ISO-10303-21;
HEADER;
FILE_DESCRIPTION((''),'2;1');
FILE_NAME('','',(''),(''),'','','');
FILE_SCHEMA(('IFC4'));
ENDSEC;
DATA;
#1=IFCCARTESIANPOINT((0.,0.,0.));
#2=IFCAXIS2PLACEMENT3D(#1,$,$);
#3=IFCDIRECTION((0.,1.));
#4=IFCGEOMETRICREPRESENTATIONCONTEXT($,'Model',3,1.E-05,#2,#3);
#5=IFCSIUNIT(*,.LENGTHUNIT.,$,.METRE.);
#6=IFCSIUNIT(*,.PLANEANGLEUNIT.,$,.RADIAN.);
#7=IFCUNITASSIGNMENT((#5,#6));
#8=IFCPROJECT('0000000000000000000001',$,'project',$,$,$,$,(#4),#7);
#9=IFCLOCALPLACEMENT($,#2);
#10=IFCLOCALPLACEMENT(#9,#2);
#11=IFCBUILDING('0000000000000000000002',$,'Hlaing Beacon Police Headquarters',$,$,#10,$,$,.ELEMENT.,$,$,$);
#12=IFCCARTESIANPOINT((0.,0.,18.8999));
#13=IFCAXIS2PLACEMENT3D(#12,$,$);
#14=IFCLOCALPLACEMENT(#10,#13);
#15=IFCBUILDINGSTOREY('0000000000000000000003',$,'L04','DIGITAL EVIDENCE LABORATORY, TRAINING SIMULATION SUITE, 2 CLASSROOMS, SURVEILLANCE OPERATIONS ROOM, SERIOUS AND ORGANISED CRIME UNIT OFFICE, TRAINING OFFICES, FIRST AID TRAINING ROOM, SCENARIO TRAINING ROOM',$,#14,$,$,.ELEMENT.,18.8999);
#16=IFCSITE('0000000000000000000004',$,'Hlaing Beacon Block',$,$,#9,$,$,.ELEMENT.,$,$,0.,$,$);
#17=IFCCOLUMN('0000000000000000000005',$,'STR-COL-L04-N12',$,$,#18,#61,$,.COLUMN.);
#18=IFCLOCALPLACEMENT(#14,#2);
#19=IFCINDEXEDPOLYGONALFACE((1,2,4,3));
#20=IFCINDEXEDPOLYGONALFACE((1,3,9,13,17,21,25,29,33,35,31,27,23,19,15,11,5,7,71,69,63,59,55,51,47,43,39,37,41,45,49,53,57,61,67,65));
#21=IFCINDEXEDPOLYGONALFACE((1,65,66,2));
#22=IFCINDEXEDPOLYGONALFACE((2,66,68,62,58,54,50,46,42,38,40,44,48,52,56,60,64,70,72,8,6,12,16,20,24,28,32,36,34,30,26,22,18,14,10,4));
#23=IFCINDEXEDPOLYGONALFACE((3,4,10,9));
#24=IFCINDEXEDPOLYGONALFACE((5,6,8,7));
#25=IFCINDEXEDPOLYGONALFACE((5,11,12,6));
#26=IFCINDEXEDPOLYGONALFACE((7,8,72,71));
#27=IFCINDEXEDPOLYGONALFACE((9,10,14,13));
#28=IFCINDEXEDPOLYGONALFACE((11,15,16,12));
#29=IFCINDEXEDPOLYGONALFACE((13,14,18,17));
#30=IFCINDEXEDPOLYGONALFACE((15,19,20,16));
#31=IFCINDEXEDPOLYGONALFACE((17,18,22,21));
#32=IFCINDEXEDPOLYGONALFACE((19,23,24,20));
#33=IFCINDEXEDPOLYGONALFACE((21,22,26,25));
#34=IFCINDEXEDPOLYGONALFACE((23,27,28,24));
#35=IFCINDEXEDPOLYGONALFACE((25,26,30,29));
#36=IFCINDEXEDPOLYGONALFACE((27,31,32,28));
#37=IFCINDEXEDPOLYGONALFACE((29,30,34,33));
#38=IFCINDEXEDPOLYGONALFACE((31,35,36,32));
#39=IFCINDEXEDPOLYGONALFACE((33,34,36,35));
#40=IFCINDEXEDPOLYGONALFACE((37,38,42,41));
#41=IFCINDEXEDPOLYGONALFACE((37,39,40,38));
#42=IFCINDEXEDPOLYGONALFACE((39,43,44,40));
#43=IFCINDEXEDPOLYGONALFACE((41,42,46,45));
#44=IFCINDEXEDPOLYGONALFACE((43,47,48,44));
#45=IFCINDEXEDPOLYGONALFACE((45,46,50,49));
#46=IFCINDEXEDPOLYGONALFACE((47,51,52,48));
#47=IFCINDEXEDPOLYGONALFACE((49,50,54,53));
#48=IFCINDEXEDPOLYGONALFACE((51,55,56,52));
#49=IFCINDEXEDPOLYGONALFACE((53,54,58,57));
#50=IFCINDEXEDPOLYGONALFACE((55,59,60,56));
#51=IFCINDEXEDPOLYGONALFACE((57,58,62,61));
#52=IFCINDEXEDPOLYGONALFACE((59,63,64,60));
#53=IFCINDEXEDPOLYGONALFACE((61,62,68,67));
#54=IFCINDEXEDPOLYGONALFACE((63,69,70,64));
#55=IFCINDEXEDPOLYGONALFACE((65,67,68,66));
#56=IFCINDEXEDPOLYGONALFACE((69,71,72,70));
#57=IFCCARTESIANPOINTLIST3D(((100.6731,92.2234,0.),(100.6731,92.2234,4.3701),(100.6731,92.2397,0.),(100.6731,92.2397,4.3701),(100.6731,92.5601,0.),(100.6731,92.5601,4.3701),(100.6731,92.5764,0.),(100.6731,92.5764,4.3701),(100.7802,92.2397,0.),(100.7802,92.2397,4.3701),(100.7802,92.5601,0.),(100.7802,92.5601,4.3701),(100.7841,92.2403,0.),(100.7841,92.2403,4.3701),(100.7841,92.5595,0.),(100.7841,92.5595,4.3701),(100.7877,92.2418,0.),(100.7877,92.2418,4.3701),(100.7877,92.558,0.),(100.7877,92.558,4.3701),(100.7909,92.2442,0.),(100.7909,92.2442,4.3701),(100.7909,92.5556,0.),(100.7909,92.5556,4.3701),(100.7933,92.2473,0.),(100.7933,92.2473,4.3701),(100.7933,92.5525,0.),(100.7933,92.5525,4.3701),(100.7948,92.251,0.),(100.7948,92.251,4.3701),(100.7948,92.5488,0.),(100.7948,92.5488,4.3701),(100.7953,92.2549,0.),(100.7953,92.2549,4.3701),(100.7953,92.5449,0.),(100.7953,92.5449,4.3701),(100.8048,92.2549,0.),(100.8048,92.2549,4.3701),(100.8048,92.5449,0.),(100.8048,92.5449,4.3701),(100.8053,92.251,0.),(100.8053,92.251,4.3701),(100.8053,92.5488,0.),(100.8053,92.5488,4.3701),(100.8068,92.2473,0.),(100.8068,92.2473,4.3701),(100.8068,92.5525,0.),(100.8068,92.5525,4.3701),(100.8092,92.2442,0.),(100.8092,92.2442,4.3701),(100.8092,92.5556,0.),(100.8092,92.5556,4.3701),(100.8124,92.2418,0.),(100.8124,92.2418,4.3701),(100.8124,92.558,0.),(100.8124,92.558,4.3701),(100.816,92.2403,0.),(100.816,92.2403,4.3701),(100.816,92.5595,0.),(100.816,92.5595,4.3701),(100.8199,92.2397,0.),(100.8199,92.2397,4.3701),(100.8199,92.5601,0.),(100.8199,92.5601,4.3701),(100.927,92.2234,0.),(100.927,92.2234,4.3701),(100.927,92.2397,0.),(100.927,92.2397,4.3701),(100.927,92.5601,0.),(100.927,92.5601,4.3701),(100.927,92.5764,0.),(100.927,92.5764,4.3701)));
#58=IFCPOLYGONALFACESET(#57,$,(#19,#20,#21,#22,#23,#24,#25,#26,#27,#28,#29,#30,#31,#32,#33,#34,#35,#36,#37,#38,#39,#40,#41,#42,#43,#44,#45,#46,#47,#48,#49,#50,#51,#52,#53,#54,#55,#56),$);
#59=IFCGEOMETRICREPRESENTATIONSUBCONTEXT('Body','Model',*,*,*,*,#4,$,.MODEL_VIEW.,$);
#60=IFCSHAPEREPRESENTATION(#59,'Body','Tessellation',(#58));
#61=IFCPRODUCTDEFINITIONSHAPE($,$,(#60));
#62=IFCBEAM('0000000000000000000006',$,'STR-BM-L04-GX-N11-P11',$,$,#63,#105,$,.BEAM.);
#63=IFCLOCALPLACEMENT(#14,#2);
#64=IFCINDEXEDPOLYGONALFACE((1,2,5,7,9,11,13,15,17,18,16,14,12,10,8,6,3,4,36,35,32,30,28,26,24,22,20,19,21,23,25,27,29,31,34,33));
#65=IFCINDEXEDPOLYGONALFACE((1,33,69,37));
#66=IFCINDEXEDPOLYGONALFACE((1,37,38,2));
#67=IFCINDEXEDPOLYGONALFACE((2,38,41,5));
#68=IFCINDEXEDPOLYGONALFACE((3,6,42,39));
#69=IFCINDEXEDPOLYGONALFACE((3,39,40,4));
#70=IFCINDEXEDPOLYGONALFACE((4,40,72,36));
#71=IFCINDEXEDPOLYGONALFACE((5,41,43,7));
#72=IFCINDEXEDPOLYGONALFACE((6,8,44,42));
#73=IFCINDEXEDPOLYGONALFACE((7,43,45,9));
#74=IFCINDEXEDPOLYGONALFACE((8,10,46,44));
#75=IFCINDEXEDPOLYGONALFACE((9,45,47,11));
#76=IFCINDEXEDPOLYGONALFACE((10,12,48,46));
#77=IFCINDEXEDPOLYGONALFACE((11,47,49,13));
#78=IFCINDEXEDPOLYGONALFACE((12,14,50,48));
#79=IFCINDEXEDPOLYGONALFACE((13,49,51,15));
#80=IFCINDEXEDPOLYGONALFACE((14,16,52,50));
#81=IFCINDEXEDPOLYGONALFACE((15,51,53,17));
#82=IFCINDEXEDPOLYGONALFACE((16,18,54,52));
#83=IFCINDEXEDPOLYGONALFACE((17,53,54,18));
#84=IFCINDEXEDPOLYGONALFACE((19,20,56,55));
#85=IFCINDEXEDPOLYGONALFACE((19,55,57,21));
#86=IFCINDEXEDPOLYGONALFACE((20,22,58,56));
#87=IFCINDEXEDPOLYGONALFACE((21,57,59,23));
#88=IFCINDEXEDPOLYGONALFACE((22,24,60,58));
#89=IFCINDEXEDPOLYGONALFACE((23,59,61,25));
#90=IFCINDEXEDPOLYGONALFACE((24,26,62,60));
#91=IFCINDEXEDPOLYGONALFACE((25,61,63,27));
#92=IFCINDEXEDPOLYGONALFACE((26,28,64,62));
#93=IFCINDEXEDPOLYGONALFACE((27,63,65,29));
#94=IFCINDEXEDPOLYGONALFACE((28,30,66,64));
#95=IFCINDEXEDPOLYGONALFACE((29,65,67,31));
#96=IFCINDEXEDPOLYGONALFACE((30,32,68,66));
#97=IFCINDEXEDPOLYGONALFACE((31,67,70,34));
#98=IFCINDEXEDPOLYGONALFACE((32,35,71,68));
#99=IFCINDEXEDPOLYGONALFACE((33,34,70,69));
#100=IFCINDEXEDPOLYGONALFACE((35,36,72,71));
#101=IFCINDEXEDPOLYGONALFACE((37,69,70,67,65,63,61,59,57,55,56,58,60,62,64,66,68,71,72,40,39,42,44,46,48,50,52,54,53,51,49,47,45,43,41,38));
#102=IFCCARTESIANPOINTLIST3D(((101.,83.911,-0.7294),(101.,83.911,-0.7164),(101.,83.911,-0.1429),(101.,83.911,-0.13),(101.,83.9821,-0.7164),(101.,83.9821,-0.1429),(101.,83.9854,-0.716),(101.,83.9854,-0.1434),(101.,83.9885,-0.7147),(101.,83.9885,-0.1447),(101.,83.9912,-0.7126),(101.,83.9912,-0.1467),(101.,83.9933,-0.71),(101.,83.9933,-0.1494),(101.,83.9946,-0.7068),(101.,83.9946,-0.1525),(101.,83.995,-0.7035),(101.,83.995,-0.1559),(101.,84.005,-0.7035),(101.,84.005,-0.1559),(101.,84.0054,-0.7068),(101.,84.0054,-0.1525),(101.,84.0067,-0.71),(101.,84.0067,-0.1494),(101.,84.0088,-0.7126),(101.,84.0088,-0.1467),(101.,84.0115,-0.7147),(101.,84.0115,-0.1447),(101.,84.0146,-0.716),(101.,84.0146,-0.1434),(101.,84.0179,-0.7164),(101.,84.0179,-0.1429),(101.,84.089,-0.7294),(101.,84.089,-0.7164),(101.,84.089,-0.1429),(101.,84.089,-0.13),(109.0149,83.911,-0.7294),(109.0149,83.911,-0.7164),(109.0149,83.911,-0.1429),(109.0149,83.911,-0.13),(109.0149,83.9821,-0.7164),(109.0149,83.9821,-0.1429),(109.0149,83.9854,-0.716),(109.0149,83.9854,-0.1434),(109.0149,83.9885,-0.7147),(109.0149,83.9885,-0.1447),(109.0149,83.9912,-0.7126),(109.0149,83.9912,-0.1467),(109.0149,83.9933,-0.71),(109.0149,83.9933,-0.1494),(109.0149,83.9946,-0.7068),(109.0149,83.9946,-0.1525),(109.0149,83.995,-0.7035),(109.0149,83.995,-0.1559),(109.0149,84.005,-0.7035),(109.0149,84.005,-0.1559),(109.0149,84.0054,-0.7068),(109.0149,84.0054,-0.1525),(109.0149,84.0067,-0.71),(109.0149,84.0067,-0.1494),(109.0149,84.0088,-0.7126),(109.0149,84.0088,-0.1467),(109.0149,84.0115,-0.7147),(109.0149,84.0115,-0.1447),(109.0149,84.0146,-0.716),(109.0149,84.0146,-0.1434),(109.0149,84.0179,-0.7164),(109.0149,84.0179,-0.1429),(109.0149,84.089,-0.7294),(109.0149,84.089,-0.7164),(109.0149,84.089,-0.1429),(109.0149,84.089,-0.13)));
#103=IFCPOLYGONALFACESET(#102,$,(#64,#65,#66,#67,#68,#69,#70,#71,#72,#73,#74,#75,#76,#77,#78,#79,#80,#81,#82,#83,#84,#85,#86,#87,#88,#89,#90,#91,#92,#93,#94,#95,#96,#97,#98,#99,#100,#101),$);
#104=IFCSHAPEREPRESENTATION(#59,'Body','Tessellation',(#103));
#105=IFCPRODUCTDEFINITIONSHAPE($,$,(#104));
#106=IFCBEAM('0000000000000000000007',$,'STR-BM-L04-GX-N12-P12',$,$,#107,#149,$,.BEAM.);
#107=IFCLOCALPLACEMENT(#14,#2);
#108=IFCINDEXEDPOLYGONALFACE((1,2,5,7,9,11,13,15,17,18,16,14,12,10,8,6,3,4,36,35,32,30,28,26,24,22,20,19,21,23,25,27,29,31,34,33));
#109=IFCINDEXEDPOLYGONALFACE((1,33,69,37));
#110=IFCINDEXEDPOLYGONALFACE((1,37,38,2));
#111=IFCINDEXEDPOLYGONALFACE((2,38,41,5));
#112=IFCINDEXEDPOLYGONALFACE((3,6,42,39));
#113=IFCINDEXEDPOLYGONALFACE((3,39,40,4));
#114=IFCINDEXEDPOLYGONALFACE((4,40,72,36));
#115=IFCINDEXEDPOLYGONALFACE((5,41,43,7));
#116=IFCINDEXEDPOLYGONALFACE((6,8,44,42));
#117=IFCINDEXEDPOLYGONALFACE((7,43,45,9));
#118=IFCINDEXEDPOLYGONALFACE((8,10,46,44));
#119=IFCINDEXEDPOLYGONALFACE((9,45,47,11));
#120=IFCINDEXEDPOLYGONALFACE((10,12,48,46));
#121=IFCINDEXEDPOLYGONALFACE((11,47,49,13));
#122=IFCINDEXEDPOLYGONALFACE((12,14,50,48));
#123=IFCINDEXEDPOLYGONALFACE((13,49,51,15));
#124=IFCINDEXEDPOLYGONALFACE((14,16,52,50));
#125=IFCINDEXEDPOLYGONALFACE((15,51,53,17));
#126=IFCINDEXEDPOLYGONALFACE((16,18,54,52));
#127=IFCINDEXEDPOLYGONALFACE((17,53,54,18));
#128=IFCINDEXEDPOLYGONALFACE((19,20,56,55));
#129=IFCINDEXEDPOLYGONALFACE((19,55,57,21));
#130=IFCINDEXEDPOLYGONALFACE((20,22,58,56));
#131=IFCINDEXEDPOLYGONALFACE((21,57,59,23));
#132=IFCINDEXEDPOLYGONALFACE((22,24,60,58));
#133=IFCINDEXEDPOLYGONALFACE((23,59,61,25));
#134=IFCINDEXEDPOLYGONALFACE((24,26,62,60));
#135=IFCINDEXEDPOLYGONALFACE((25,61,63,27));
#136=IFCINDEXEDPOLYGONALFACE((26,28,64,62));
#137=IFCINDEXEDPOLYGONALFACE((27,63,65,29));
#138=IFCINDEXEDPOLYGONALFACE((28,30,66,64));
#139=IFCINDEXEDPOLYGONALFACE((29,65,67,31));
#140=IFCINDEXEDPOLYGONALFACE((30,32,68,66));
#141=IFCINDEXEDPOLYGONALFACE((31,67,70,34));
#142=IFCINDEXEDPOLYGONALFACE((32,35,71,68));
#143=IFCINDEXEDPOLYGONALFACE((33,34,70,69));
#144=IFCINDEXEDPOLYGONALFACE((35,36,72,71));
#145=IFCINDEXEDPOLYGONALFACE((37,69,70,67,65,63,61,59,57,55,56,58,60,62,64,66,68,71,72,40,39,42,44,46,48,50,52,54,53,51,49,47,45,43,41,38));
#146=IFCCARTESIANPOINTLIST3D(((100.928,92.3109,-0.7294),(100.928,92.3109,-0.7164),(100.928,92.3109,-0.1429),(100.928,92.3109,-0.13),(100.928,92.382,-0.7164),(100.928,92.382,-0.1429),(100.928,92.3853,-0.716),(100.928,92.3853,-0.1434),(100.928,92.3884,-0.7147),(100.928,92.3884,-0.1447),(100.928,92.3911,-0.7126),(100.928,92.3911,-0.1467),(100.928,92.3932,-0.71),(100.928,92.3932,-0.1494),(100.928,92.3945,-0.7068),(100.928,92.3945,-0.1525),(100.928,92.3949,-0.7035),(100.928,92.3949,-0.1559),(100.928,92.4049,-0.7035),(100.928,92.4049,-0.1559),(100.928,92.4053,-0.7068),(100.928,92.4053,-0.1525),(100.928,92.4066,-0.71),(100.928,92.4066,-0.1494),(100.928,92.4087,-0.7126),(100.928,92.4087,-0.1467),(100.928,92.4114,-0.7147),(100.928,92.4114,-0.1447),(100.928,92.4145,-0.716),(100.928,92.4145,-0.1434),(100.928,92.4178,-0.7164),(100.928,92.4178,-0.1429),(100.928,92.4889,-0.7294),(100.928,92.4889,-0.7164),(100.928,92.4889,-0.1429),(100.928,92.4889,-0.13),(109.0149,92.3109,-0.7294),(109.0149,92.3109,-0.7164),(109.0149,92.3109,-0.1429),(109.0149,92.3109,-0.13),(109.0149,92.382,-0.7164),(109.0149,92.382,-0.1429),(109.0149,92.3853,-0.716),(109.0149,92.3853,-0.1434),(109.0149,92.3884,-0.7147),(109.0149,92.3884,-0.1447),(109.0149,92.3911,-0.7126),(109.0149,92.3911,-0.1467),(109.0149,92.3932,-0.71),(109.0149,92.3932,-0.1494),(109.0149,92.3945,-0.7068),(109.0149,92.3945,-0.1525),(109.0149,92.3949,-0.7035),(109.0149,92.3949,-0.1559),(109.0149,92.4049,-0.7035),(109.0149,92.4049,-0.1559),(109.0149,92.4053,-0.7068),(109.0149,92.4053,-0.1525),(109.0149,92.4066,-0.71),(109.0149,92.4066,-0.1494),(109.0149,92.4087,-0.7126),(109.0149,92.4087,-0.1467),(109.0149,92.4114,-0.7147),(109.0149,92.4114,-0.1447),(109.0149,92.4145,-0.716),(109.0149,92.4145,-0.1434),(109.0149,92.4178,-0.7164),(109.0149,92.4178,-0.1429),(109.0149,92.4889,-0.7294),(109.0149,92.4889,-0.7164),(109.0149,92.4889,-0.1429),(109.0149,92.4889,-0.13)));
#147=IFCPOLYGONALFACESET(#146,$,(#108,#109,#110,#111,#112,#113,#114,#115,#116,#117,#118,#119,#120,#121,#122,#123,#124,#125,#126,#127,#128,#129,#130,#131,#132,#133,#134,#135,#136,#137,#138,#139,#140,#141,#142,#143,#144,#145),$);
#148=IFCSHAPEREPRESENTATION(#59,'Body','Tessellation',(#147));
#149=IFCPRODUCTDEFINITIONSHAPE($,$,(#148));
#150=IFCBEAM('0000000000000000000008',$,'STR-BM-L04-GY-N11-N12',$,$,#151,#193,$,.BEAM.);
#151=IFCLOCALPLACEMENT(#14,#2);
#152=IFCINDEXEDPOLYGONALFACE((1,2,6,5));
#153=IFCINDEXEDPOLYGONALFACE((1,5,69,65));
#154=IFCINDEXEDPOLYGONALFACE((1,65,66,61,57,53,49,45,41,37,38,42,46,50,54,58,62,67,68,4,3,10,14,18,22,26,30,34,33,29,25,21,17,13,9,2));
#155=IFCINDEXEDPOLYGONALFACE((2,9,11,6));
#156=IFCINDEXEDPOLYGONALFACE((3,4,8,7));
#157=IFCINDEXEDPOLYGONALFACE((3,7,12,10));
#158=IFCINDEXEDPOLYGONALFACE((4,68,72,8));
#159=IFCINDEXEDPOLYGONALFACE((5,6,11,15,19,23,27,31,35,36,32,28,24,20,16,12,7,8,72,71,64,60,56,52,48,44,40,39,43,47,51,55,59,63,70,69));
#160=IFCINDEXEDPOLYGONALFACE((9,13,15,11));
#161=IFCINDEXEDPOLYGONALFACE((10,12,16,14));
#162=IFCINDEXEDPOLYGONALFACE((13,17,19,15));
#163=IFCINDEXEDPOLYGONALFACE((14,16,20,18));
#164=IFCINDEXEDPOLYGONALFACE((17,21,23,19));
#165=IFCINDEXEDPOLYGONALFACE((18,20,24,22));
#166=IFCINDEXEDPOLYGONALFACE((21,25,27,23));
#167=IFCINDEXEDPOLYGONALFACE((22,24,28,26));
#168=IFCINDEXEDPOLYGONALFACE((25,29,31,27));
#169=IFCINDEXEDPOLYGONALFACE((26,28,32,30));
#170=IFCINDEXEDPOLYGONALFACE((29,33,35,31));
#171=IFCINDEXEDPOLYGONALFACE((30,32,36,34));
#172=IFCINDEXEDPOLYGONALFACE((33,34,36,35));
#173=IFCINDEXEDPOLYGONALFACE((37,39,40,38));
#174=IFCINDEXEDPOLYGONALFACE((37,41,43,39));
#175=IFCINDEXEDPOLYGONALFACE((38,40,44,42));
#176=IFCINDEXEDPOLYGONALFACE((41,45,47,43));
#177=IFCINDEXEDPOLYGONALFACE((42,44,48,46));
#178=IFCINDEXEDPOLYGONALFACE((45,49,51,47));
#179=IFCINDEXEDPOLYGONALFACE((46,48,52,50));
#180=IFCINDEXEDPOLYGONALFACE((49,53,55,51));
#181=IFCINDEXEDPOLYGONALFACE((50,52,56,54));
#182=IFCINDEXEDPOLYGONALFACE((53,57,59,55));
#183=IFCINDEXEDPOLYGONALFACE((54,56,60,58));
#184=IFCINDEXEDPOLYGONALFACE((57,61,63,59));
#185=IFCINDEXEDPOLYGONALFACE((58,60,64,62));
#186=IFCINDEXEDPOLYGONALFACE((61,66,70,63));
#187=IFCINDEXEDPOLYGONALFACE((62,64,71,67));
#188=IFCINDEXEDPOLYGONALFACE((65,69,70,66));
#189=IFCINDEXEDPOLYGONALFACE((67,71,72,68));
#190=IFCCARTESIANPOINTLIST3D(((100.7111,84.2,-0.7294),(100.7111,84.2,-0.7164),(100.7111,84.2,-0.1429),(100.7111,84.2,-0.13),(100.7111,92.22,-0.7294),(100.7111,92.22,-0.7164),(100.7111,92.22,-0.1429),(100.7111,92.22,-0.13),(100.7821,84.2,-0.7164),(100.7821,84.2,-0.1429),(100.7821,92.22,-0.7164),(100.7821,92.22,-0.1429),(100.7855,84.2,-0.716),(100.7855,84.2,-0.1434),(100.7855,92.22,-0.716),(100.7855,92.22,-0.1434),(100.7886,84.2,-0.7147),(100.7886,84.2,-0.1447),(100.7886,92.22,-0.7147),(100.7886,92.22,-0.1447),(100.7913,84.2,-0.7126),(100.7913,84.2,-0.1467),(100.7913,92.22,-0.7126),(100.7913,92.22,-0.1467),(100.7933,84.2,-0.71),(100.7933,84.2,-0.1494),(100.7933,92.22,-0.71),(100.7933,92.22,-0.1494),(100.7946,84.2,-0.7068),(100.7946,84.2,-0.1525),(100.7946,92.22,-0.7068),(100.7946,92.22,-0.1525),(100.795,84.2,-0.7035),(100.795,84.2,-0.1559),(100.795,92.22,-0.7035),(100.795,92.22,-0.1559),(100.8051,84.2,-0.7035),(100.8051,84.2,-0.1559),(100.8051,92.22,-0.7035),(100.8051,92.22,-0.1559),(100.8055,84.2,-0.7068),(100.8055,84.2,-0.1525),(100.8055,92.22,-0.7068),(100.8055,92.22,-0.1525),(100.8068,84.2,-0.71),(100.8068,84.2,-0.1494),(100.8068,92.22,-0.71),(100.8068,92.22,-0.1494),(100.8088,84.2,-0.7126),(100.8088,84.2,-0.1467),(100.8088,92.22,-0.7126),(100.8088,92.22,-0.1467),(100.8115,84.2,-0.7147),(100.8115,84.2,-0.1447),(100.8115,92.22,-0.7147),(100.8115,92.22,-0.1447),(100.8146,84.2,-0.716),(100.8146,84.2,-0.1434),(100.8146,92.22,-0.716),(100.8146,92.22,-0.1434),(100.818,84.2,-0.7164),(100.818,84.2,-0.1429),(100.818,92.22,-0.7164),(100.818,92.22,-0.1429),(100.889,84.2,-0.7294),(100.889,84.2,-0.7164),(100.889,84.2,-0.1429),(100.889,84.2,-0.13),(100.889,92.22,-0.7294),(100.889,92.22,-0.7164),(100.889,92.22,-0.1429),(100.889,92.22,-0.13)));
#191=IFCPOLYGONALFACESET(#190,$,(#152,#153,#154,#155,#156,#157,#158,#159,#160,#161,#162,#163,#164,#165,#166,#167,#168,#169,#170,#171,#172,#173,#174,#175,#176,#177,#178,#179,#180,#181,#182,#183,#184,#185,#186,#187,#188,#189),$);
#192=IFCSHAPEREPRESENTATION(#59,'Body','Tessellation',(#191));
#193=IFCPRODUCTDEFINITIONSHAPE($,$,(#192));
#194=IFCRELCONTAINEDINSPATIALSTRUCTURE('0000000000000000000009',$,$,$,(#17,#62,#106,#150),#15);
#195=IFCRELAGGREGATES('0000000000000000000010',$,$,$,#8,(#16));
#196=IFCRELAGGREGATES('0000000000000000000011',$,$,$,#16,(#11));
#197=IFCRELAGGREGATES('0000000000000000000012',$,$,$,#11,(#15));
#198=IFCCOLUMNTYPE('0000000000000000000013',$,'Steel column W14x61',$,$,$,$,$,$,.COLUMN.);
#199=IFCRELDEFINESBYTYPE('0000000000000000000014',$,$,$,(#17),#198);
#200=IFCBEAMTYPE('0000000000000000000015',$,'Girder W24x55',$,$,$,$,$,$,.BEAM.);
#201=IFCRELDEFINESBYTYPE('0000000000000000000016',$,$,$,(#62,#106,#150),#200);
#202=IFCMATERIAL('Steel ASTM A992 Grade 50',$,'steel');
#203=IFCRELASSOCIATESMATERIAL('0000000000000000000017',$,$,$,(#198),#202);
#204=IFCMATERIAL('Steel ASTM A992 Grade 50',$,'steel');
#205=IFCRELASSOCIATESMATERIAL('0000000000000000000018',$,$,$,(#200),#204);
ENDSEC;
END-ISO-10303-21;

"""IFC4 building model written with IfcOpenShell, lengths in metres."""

from ifc_helpers import new_model, si_unit, direction, frame, origin, origin_2d, place, context, subcontext, project, spatial, i_section, extrude, material, material_profile, profile_set, type_object, element, save


model = new_model("IFC4")

# Units and contexts
model_context = context("Model", 3, precision=1e-05, world=origin(), true_north=direction((0.0, 1.0)))
body_context = subcontext(model_context, "Body", "Model", "MODEL_VIEW")
ifc_project = project(units=[si_unit("LENGTHUNIT", "METRE"), si_unit("PLANEANGLEUNIT", "RADIAN")], contexts=[model_context])

# Site, building, storey
site_placement = place(None, origin())
site = spatial("IfcSite", under=ifc_project, at=site_placement, Name="Hlaing Beacon Block", CompositionType="ELEMENT", RefElevation=0.0)
building_placement = place(site_placement, origin())
building = spatial("IfcBuilding", under=site, at=building_placement, Name="Hlaing Beacon Police Headquarters", CompositionType="ELEMENT")
storey_placement = place(building_placement, frame((0.0, 0.0, 18.8999)))
storey = spatial("IfcBuildingStorey", under=building, at=storey_placement, Name="L04", Description="DIGITAL EVIDENCE LABORATORY, TRAINING SIMULATION SUITE, 2 CLASSROOMS, SURVEILLANCE OPERATIONS ROOM, SERIOUS AND ORGANISED CRIME UNIT OFFICE, TRAINING OFFICES, FIRST AID TRAINING ROOM, SCENARIO TRAINING ROOM", CompositionType="ELEMENT", Elevation=18.8999)

# Column
ifc_material_1 = material(Name="Steel ASTM A992 Grade 50", Category="steel")
ifc_material_profile_1 = material_profile(ifc_material_1, i_section(OverallWidth=0.2539, OverallDepth=0.353, WebThickness=0.0095, FlangeThickness=0.0164, FilletRadius=0.0151, at=origin_2d()), Name="W14x61")
ifc_profile_set_1 = profile_set([ifc_material_profile_1], Name="Steel ASTM A992 Grade 50")
column_type = type_object("IfcColumnType", Name="Steel column W14x61", PredefinedType="COLUMN", material=ifc_profile_set_1)
column_placement = place(storey_placement, frame((100.8, 92.3999, 0.0), z_axis=(0.0, 0.0, 1.0), x_axis=(1.0, 0.0, 0.0)))
element("IfcColumn", 1, at=column_placement, inside=storey, type_object=column_type, Name="STR-COL-L04-N12", PredefinedType="COLUMN", context=body_context, shape_type="SweptSolid", body=[
    extrude(i_section(OverallWidth=0.2539, OverallDepth=0.353, WebThickness=0.0095, FlangeThickness=0.0164, FilletRadius=0.0151, at=origin_2d()), origin(), (0.0, 0.0, 1.0), 4.3701),
])

# Beams
ifc_material_2 = material(Name="Steel ASTM A992 Grade 50", Category="steel")
ifc_material_profile_2 = material_profile(ifc_material_2, i_section(OverallWidth=0.178, OverallDepth=0.5994, WebThickness=0.01, FlangeThickness=0.0129, FilletRadius=0.0129, at=origin_2d()), Name="W24x55")
ifc_profile_set_2 = profile_set([ifc_material_profile_2], Name="Steel ASTM A992 Grade 50")
beam_type_1 = type_object("IfcBeamType", Name="Girder W24x55", PredefinedType="BEAM", material=ifc_profile_set_2)
beam_1_placement = place(storey_placement, frame((101.0, 84.0, -0.4297), z_axis=(1.0, 0.0, 0.0), x_axis=(0.0, 1.0, 0.0)))
element("IfcBeam", 2, at=beam_1_placement, inside=storey, type_object=beam_type_1, Name="STR-BM-L04-GX-N11-P11", PredefinedType="BEAM", context=body_context, shape_type="SweptSolid", body=[
    extrude(i_section(OverallWidth=0.178, OverallDepth=0.5994, WebThickness=0.01, FlangeThickness=0.0129, FilletRadius=0.0129, at=origin_2d()), origin(), (0.0, 0.0, 1.0), 8.0149),
])
beam_2_placement = place(storey_placement, frame((100.928, 92.3999, -0.4297), z_axis=(1.0, 0.0, 0.0), x_axis=(0.0, 1.0, 0.0)))
element("IfcBeam", 3, at=beam_2_placement, inside=storey, type_object=beam_type_1, Name="STR-BM-L04-GX-N12-P12", PredefinedType="BEAM", context=body_context, shape_type="SweptSolid", body=[
    extrude(i_section(OverallWidth=0.178, OverallDepth=0.5994, WebThickness=0.01, FlangeThickness=0.0129, FilletRadius=0.0129, at=origin_2d()), origin(), (0.0, 0.0, 1.0), 8.0869),
])
beam_3_placement = place(storey_placement, frame((100.8, 84.2, -0.4297), z_axis=(0.0, 1.0, 0.0), x_axis=(-1.0, 0.0, 0.0)))
element("IfcBeam", 4, at=beam_3_placement, inside=storey, type_object=beam_type_1, Name="STR-BM-L04-GY-N11-N12", PredefinedType="BEAM", context=body_context, shape_type="SweptSolid", body=[
    extrude(i_section(OverallWidth=0.178, OverallDepth=0.5994, WebThickness=0.01, FlangeThickness=0.0129, FilletRadius=0.0129, at=origin_2d()), origin(), (0.0, 0.0, 1.0), 8.02),
])

save(model, "model.ifc")
